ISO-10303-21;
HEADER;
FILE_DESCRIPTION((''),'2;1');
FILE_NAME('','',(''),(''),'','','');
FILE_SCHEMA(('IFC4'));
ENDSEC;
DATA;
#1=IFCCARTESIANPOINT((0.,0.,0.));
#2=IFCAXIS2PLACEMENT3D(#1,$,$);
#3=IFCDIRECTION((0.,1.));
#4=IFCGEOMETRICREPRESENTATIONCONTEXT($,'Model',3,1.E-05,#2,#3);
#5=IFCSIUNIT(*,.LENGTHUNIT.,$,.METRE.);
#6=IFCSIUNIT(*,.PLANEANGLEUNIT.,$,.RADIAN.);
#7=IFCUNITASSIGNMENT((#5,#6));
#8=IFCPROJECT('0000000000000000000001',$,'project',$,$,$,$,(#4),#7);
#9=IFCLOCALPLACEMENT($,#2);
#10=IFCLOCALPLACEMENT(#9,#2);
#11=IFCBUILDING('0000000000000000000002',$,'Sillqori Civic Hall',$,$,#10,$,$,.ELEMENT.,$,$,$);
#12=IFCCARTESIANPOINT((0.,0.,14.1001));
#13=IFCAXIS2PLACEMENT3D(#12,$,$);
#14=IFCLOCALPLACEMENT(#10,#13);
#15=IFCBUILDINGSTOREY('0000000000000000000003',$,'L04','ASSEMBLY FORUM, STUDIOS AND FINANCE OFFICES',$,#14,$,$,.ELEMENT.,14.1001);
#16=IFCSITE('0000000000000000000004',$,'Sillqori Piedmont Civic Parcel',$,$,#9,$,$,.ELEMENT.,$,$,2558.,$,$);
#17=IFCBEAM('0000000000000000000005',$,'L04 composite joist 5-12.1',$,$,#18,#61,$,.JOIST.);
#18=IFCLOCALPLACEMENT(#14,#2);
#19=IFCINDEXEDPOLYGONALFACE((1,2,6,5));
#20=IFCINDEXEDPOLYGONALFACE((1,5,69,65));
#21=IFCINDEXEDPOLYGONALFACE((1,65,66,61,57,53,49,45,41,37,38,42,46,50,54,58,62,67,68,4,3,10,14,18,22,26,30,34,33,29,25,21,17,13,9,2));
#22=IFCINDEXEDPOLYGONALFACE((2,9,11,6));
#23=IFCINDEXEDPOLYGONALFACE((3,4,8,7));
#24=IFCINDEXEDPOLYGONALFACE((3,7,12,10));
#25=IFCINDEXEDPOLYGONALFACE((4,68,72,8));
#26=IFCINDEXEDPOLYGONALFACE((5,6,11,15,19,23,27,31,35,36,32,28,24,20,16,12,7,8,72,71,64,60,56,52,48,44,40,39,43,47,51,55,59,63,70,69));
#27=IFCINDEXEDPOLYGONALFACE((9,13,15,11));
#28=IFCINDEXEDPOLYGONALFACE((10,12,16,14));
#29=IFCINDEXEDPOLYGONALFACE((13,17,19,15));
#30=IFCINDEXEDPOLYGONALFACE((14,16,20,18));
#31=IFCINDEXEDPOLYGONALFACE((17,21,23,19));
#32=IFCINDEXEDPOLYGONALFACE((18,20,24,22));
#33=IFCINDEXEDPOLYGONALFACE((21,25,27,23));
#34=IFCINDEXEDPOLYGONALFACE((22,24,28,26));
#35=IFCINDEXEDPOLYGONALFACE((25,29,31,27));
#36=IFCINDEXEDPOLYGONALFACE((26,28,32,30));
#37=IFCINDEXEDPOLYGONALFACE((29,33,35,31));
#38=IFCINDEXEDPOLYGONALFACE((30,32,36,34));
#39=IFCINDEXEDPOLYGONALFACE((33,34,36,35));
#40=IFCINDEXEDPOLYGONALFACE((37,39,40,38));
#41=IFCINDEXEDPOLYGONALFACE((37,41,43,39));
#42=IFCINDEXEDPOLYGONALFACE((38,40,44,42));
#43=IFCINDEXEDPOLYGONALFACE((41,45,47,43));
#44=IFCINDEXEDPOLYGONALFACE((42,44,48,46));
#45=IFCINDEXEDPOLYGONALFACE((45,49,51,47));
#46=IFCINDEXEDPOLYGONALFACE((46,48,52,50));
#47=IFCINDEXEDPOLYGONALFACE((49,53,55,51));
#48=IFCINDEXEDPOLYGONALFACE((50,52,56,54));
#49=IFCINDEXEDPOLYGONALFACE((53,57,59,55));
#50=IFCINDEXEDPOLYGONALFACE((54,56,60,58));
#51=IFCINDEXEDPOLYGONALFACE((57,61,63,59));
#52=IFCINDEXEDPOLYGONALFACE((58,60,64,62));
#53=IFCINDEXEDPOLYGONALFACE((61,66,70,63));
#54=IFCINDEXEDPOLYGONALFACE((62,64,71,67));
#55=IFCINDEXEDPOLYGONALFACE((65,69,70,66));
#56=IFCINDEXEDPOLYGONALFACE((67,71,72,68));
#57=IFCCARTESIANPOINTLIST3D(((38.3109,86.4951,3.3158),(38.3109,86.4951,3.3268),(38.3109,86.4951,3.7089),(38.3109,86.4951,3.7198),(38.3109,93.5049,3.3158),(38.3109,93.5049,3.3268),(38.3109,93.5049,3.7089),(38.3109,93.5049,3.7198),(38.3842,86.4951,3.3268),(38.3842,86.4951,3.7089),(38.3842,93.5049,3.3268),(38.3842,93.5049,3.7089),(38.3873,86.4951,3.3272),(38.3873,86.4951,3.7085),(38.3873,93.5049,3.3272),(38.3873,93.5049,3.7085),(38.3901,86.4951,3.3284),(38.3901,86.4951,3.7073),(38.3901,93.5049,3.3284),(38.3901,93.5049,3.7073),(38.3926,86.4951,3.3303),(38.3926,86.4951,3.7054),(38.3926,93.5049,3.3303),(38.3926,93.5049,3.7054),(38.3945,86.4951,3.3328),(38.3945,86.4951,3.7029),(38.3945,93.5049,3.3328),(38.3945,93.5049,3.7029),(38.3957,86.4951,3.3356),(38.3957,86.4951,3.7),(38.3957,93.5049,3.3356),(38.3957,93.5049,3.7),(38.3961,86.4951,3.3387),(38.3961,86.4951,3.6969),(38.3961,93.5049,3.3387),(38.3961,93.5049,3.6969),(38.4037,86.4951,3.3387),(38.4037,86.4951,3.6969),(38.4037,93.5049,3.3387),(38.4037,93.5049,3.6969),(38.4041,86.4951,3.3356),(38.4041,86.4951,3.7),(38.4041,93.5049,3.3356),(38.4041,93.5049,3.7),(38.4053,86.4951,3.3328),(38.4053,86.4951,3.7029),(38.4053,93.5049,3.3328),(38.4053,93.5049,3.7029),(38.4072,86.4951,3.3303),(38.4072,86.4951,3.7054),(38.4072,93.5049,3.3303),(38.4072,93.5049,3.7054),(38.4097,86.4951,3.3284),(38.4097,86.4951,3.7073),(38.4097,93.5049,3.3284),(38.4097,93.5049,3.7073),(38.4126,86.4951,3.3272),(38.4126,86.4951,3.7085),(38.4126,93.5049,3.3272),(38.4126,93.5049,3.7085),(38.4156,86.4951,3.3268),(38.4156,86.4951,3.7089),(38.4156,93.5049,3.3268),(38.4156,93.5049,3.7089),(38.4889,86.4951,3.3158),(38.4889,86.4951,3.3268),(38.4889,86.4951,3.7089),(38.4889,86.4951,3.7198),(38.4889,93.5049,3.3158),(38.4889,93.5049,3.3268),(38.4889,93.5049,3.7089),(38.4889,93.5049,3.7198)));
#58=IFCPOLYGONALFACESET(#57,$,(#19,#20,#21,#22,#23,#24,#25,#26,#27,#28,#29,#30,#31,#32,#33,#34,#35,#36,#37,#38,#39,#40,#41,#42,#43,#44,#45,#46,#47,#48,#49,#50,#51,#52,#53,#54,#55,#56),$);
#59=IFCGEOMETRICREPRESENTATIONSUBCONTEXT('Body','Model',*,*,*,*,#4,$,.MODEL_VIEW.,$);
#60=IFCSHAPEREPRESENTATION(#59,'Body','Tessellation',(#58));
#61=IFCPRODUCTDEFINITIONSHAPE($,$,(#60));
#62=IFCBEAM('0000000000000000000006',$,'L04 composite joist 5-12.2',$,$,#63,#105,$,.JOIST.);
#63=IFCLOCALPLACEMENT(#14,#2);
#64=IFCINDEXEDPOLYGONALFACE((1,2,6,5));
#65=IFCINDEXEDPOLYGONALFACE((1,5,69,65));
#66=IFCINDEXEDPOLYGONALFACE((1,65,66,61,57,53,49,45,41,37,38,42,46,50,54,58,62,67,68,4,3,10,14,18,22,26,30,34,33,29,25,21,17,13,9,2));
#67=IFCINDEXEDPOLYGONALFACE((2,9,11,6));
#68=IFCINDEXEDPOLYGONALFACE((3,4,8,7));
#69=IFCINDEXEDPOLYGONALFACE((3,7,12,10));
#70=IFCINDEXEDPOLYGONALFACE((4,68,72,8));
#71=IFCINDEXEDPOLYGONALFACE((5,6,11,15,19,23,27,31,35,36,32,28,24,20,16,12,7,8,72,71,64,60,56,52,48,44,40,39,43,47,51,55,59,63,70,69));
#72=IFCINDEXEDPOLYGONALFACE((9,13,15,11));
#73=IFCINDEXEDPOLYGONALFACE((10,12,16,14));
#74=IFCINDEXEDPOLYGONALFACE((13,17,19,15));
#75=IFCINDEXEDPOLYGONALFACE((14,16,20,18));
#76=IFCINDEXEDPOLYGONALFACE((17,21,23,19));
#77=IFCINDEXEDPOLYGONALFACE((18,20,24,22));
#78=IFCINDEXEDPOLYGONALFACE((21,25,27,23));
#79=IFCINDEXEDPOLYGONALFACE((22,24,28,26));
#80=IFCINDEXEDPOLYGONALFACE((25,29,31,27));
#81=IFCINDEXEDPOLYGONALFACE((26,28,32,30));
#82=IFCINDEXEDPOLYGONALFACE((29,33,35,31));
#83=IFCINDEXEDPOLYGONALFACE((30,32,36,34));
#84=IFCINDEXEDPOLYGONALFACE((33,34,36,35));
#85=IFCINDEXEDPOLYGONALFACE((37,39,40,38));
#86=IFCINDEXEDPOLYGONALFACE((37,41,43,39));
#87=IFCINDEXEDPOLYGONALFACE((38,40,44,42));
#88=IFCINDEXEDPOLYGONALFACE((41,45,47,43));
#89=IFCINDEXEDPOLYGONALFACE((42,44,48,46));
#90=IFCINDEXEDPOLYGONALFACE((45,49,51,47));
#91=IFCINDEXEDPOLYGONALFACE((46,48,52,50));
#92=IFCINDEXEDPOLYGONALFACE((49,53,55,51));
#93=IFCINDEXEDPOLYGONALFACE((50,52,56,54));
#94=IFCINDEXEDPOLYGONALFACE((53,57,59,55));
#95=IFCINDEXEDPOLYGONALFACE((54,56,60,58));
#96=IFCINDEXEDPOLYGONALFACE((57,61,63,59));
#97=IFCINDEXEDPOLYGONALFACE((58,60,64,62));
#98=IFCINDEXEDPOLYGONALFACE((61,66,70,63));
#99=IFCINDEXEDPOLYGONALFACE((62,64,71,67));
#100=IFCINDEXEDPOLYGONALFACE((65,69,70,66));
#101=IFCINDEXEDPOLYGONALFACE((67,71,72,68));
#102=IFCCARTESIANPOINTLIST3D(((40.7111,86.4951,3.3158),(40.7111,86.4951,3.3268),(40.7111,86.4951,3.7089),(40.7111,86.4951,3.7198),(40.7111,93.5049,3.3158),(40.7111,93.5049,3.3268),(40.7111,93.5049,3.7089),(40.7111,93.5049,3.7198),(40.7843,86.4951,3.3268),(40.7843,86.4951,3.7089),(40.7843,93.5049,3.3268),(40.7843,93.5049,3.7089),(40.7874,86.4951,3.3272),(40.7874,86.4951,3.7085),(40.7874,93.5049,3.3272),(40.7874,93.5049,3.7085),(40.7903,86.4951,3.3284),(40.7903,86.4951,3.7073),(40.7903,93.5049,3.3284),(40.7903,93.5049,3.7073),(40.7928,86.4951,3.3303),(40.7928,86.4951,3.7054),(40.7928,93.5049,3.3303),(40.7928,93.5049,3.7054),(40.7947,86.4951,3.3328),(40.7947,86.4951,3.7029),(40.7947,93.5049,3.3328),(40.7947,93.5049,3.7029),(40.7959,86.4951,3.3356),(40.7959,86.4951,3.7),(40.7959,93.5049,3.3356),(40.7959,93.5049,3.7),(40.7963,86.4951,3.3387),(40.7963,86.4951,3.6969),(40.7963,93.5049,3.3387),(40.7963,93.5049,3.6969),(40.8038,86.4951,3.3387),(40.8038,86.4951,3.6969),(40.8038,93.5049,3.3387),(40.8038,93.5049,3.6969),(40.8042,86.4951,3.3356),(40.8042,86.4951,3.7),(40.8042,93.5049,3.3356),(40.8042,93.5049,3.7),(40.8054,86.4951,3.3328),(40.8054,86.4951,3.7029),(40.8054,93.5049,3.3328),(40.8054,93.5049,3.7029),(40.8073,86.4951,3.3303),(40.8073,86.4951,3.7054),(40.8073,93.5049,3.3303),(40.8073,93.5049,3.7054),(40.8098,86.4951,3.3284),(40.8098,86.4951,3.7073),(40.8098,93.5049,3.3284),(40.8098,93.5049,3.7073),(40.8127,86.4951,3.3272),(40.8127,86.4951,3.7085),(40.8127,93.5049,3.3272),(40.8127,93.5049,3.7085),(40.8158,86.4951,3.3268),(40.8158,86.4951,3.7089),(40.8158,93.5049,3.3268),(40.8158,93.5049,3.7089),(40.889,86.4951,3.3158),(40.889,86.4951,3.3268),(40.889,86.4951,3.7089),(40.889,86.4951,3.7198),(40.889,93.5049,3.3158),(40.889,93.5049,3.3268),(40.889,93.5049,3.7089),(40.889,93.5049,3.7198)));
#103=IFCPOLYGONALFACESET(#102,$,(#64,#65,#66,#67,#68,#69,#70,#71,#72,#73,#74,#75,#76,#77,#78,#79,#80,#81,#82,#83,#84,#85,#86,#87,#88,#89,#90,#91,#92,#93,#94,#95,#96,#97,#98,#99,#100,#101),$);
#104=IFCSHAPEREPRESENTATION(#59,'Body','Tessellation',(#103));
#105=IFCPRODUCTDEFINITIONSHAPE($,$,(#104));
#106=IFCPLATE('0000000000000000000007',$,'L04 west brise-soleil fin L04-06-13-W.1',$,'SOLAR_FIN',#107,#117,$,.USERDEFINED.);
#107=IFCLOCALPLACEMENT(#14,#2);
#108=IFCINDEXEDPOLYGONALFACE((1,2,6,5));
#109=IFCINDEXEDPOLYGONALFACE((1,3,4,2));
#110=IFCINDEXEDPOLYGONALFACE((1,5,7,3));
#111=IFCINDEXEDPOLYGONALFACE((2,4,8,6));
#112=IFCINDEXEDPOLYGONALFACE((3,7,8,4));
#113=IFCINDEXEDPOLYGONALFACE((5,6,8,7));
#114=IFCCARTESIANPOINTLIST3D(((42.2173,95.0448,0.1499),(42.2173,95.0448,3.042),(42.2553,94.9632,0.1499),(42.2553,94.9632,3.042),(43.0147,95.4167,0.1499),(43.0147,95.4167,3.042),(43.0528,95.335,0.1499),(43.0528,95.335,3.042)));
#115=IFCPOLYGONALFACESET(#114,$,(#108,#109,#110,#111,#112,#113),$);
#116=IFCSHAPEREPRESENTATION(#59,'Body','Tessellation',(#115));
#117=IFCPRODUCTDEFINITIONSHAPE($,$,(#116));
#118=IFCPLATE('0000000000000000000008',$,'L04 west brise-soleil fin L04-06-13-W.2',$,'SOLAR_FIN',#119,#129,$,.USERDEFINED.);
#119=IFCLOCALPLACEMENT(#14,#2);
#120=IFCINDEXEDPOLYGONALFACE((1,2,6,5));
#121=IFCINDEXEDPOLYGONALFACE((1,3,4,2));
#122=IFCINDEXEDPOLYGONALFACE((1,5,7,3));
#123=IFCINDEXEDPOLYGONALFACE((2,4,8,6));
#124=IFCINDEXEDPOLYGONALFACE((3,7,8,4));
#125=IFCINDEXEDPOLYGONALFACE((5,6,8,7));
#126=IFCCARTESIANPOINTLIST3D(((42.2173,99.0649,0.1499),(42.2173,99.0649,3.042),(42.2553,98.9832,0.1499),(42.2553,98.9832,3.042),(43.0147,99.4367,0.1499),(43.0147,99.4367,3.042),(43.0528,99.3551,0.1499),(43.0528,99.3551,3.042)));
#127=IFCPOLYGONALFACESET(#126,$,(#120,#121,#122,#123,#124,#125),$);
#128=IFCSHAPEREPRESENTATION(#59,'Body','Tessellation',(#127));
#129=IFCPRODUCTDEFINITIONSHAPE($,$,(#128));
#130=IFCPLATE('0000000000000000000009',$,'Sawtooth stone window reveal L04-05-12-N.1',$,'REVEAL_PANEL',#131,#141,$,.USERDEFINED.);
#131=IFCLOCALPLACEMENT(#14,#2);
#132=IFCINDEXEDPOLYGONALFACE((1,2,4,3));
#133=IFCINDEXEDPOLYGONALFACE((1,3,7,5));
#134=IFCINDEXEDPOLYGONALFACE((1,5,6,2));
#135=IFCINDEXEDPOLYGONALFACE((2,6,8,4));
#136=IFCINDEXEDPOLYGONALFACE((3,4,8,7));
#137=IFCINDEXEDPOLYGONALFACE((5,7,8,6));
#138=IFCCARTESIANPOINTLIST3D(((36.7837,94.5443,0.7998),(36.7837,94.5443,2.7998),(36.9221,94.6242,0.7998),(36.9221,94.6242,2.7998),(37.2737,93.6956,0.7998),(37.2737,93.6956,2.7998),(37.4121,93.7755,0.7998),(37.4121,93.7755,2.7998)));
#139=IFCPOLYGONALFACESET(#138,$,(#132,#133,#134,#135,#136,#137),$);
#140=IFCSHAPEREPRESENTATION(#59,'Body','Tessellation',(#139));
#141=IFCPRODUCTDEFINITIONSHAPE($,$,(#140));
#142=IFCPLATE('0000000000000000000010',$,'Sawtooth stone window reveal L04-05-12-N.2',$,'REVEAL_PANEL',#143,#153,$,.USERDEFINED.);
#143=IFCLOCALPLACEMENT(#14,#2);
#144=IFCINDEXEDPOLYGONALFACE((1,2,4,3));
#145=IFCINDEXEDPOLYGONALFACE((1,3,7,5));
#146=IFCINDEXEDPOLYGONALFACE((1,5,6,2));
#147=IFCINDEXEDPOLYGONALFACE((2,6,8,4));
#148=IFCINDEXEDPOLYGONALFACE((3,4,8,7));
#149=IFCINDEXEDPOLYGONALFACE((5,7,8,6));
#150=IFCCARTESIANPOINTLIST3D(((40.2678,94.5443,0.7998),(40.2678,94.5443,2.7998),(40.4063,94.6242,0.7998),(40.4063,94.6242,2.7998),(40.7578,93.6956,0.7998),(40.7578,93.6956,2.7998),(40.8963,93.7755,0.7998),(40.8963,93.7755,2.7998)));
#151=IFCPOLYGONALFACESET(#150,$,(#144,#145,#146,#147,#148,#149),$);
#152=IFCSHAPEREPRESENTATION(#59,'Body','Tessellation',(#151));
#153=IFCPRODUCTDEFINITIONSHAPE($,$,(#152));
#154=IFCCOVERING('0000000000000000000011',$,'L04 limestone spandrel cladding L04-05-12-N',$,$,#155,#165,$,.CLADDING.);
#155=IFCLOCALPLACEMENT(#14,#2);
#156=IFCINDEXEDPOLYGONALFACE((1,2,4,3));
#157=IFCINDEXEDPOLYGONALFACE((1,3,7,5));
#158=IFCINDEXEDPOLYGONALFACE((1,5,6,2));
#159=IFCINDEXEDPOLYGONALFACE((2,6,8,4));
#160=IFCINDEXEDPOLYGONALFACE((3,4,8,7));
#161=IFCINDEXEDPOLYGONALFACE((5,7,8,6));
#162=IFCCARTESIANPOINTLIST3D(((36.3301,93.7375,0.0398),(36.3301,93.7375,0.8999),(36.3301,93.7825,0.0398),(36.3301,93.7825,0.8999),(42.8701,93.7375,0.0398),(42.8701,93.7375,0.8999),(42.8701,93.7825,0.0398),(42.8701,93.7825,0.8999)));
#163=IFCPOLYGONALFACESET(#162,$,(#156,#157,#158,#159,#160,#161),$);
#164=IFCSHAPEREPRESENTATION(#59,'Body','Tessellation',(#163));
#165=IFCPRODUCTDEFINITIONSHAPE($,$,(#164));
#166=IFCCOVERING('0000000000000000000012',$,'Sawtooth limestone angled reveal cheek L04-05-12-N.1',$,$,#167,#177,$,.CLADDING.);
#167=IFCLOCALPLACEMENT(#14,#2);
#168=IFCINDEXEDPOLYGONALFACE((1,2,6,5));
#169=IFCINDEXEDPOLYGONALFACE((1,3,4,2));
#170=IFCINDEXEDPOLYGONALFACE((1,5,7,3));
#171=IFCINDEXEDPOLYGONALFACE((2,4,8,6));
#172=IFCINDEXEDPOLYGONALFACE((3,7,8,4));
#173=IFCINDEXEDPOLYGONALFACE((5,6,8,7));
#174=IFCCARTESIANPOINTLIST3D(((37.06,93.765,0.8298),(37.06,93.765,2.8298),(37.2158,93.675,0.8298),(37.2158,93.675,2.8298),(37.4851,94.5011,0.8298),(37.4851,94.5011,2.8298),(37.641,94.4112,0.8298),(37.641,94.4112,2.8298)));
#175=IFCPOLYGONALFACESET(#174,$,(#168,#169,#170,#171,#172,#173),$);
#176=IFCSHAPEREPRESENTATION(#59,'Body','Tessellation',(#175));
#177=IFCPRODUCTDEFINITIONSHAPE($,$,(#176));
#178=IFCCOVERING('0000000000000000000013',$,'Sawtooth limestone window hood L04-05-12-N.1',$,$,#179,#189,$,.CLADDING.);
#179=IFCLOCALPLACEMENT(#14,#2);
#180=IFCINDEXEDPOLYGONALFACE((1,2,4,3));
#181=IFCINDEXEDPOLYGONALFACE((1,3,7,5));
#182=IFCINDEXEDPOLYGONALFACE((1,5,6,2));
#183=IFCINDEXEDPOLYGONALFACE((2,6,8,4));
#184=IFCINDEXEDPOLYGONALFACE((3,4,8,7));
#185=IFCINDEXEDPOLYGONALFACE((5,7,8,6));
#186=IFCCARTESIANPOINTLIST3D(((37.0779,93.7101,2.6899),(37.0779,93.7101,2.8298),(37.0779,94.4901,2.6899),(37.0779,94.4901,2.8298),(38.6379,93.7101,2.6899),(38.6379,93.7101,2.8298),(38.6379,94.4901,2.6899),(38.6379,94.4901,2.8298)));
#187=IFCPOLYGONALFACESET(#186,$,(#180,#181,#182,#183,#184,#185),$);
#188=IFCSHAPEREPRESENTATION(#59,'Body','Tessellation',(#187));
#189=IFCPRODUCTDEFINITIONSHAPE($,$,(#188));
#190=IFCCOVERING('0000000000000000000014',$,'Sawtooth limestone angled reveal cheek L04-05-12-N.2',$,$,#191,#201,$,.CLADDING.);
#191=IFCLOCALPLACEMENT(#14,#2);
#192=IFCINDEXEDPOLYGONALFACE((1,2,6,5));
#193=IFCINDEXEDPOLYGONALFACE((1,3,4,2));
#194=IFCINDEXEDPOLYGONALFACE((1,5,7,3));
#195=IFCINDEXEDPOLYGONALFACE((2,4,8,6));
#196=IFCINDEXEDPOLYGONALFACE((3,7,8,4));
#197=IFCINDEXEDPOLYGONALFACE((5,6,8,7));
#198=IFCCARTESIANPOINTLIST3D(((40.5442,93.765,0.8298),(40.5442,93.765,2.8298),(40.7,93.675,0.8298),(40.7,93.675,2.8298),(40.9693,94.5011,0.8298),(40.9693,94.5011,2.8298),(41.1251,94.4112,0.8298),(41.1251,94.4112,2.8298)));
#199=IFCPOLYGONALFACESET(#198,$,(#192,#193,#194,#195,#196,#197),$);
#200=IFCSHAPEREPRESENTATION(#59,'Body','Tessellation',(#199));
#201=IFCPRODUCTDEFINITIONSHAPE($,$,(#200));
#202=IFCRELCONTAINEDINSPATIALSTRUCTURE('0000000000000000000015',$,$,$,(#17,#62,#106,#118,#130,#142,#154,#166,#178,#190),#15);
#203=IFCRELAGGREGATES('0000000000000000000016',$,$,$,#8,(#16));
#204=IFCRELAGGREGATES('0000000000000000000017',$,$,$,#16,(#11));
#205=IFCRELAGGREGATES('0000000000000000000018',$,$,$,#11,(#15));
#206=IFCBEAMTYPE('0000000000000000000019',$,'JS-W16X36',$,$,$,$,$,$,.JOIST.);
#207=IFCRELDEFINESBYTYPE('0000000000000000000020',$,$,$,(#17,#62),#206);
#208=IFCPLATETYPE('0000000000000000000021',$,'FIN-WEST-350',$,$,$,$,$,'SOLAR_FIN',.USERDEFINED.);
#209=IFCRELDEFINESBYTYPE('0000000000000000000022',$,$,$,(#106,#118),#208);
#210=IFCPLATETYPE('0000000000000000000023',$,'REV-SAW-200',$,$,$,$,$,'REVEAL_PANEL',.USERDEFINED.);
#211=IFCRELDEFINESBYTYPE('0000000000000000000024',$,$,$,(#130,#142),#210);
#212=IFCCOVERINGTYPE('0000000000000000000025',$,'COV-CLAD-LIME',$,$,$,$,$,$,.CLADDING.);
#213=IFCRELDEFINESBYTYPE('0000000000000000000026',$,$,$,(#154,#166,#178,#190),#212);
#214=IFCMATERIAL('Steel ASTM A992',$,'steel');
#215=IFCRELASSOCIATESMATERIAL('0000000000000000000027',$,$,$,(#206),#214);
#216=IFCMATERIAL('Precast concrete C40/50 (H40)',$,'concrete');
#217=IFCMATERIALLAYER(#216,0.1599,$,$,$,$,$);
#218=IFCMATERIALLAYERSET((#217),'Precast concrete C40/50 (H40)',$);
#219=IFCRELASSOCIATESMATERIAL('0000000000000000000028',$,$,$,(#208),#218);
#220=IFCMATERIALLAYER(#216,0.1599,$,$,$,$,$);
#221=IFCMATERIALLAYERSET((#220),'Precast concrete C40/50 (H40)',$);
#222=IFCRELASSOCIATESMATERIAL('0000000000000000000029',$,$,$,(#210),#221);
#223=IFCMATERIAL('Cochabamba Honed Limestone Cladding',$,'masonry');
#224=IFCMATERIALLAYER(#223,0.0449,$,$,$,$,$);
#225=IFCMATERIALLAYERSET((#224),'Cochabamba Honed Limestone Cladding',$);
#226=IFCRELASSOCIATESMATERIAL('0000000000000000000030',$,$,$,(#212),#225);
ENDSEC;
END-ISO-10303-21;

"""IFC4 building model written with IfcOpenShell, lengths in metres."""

from ifc_helpers import new_model, si_unit, direction, frame, frame_2d, origin, origin_2d, place, context, subcontext, project, spatial, rectangle, i_section, extrude, material, layer, layer_set, material_profile, profile_set, type_object, element, save


model = new_model("IFC4")

# Units and contexts
model_context = context("Model", 3, precision=1e-05, world=origin(), true_north=direction((0.0, 1.0)))
body_context = subcontext(model_context, "Body", "Model", "MODEL_VIEW")
ifc_project = project(units=[si_unit("LENGTHUNIT", "METRE"), si_unit("PLANEANGLEUNIT", "RADIAN")], contexts=[model_context])

# Site, building, storey
site_placement = place(None, origin())
site = spatial("IfcSite", under=ifc_project, at=site_placement, Name="Sillqori Piedmont Civic Parcel", CompositionType="ELEMENT", RefElevation=2558.0)
building_placement = place(site_placement, origin())
building = spatial("IfcBuilding", under=site, at=building_placement, Name="Sillqori Civic Hall", CompositionType="ELEMENT")
storey_placement = place(building_placement, frame((0.0, 0.0, 14.1001)))
storey = spatial("IfcBuildingStorey", under=building, at=storey_placement, Name="L04", Description="ASSEMBLY FORUM, STUDIOS AND FINANCE OFFICES", CompositionType="ELEMENT", Elevation=14.1001)

# Beams
ifc_material_1 = material(Name="Steel ASTM A992", Category="steel")
ifc_material_profile = material_profile(ifc_material_1, i_section(OverallWidth=0.178, OverallDepth=0.4041, WebThickness=0.0076, FlangeThickness=0.011, FilletRadius=0.012, at=origin_2d()), Name="W16X36")
ifc_profile_set = profile_set([ifc_material_profile], Name="Steel ASTM A992")
beam_type = type_object("IfcBeamType", Name="JS-W16X36", PredefinedType="JOIST", material=ifc_profile_set)
for number, where, z_axis, x_axis, name in (
    (1, (38.3999, 86.4951, 3.5178), (0.0, 1.0, 0.0), (-1.0, 0.0, 0.0), "L04 composite joist 5-12.1"),
    (2, (40.8, 86.4951, 3.5178), (0.0, 1.0, 0.0), (-1.0, 0.0, 0.0), "L04 composite joist 5-12.2"),
):
    element("IfcBeam", number, at=place(storey_placement, frame(where, z_axis=z_axis, x_axis=x_axis)), inside=storey, type_object=beam_type, Name=name, PredefinedType="JOIST", context=body_context, shape_type="SweptSolid", body=[
        extrude(i_section(OverallWidth=0.178, OverallDepth=0.4041, WebThickness=0.0076, FlangeThickness=0.011, FilletRadius=0.012, at=origin_2d()), origin(), (0.0, 0.0, 1.0), 7.0098),
    ])

# Plates
ifc_material_2 = material(Name="Precast concrete C40/50 (H40)", Category="concrete")
ifc_layer_1 = layer(ifc_material_2, 0.1599)
ifc_layer_set_1 = layer_set([ifc_layer_1], Name="Precast concrete C40/50 (H40)")
plate_type_1 = type_object("IfcPlateType", Name="FIN-WEST-350", ElementType="SOLAR_FIN", PredefinedType="USERDEFINED", material=ifc_layer_set_1)
for number, where, z_axis, x_axis, name in (
    (3, (42.635, 95.1899, 0.1499), (0.0, 0.0, 1.0), (-0.422618, 0.906308, 0.0), "L04 west brise-soleil fin L04-06-13-W.1"),
    (4, (42.635, 99.21, 0.1499), (0.0, 0.0, 1.0), (-0.422618, 0.906308, 0.0), "L04 west brise-soleil fin L04-06-13-W.2"),
):
    element("IfcPlate", number, at=place(storey_placement, frame(where, z_axis=z_axis, x_axis=x_axis)), inside=storey, type_object=plate_type_1, Name=name, ObjectType="SOLAR_FIN", PredefinedType="USERDEFINED", context=body_context, shape_type="SweptSolid", body=[
        extrude(rectangle(XDim=0.0901, YDim=0.8799, at=origin_2d()), origin(), (0.0, 0.0, 1.0), 2.8921),
    ])
ifc_layer_2 = layer(ifc_material_2, 0.1599)
ifc_layer_set_2 = layer_set([ifc_layer_2], Name="Precast concrete C40/50 (H40)")
plate_type_2 = type_object("IfcPlateType", Name="REV-SAW-200", ElementType="REVEAL_PANEL", PredefinedType="USERDEFINED", material=ifc_layer_set_2)
for number, where, z_axis, x_axis, name in (
    (5, (37.0979, 94.1599, 0.7998), (0.0, 0.0, 1.0), (0.866025, 0.5, 0.0), "Sawtooth stone window reveal L04-05-12-N.1"),
    (6, (40.582, 94.1599, 0.7998), (0.0, 0.0, 1.0), (0.866025, 0.5, 0.0), "Sawtooth stone window reveal L04-05-12-N.2"),
):
    element("IfcPlate", number, at=place(storey_placement, frame(where, z_axis=z_axis, x_axis=x_axis)), inside=storey, type_object=plate_type_2, Name=name, ObjectType="REVEAL_PANEL", PredefinedType="USERDEFINED", context=body_context, shape_type="SweptSolid", body=[
        extrude(rectangle(XDim=0.1599, YDim=0.98, at=origin_2d()), origin(), (0.0, 0.0, 1.0), 2.0),
    ])

# Coverings
ifc_material_3 = material(Name="Cochabamba Honed Limestone Cladding", Category="masonry")
ifc_layer_3 = layer(ifc_material_3, 0.0449)
ifc_layer_set_3 = layer_set([ifc_layer_3], Name="Cochabamba Honed Limestone Cladding")
covering_type = type_object("IfcCoveringType", Name="COV-CLAD-LIME", PredefinedType="CLADDING", material=ifc_layer_set_3)
covering_1_placement = place(storey_placement, frame((36.3301, 93.76, 0.0398), z_axis=(0.0, 0.0, 1.0), x_axis=(1.0, 0.0, 0.0)))
element("IfcCovering", 7, at=covering_1_placement, inside=storey, type_object=covering_type, Name="L04 limestone spandrel cladding L04-05-12-N", PredefinedType="CLADDING", context=body_context, shape_type="SweptSolid", body=[
    extrude(rectangle(XDim=6.54, YDim=0.0449, at=frame_2d((3.27, 0.0))), origin(), (0.0, 0.0, 1.0), 0.8601),
])
covering_2_placement = place(storey_placement, frame((37.1379, 93.72, 0.8298), z_axis=(0.0, 0.0, 1.0), x_axis=(0.500062, 0.865989, 0.0)))
element("IfcCovering", 8, at=covering_2_placement, inside=storey, type_object=covering_type, Name="Sawtooth limestone angled reveal cheek L04-05-12-N.1", PredefinedType="CLADDING", context=body_context, shape_type="SweptSolid", body=[
    extrude(rectangle(XDim=0.8501, YDim=0.1799, at=frame_2d((0.425, 0.0))), origin(), (0.0, 0.0, 1.0), 2.0),
])
covering_3_placement = place(storey_placement, frame((37.0779, 94.1001, 2.6899), z_axis=(0.0, 0.0, 1.0), x_axis=(1.0, 0.0, 0.0)))
element("IfcCovering", 9, at=covering_3_placement, inside=storey, type_object=covering_type, Name="Sawtooth limestone window hood L04-05-12-N.1", PredefinedType="CLADDING", context=body_context, shape_type="SweptSolid", body=[
    extrude(rectangle(XDim=1.5601, YDim=0.78, at=frame_2d((0.78, 0.0))), origin(), (0.0, 0.0, 1.0), 0.1399),
])
covering_4_placement = place(storey_placement, frame((40.6221, 93.72, 0.8298), z_axis=(0.0, 0.0, 1.0), x_axis=(0.500062, 0.865989, 0.0)))
element("IfcCovering", 10, at=covering_4_placement, inside=storey, type_object=covering_type, Name="Sawtooth limestone angled reveal cheek L04-05-12-N.2", PredefinedType="CLADDING", context=body_context, shape_type="SweptSolid", body=[
    extrude(rectangle(XDim=0.8501, YDim=0.1799, at=frame_2d((0.425, 0.0))), origin(), (0.0, 0.0, 1.0), 2.0),
])

save(model, "model.ifc")
